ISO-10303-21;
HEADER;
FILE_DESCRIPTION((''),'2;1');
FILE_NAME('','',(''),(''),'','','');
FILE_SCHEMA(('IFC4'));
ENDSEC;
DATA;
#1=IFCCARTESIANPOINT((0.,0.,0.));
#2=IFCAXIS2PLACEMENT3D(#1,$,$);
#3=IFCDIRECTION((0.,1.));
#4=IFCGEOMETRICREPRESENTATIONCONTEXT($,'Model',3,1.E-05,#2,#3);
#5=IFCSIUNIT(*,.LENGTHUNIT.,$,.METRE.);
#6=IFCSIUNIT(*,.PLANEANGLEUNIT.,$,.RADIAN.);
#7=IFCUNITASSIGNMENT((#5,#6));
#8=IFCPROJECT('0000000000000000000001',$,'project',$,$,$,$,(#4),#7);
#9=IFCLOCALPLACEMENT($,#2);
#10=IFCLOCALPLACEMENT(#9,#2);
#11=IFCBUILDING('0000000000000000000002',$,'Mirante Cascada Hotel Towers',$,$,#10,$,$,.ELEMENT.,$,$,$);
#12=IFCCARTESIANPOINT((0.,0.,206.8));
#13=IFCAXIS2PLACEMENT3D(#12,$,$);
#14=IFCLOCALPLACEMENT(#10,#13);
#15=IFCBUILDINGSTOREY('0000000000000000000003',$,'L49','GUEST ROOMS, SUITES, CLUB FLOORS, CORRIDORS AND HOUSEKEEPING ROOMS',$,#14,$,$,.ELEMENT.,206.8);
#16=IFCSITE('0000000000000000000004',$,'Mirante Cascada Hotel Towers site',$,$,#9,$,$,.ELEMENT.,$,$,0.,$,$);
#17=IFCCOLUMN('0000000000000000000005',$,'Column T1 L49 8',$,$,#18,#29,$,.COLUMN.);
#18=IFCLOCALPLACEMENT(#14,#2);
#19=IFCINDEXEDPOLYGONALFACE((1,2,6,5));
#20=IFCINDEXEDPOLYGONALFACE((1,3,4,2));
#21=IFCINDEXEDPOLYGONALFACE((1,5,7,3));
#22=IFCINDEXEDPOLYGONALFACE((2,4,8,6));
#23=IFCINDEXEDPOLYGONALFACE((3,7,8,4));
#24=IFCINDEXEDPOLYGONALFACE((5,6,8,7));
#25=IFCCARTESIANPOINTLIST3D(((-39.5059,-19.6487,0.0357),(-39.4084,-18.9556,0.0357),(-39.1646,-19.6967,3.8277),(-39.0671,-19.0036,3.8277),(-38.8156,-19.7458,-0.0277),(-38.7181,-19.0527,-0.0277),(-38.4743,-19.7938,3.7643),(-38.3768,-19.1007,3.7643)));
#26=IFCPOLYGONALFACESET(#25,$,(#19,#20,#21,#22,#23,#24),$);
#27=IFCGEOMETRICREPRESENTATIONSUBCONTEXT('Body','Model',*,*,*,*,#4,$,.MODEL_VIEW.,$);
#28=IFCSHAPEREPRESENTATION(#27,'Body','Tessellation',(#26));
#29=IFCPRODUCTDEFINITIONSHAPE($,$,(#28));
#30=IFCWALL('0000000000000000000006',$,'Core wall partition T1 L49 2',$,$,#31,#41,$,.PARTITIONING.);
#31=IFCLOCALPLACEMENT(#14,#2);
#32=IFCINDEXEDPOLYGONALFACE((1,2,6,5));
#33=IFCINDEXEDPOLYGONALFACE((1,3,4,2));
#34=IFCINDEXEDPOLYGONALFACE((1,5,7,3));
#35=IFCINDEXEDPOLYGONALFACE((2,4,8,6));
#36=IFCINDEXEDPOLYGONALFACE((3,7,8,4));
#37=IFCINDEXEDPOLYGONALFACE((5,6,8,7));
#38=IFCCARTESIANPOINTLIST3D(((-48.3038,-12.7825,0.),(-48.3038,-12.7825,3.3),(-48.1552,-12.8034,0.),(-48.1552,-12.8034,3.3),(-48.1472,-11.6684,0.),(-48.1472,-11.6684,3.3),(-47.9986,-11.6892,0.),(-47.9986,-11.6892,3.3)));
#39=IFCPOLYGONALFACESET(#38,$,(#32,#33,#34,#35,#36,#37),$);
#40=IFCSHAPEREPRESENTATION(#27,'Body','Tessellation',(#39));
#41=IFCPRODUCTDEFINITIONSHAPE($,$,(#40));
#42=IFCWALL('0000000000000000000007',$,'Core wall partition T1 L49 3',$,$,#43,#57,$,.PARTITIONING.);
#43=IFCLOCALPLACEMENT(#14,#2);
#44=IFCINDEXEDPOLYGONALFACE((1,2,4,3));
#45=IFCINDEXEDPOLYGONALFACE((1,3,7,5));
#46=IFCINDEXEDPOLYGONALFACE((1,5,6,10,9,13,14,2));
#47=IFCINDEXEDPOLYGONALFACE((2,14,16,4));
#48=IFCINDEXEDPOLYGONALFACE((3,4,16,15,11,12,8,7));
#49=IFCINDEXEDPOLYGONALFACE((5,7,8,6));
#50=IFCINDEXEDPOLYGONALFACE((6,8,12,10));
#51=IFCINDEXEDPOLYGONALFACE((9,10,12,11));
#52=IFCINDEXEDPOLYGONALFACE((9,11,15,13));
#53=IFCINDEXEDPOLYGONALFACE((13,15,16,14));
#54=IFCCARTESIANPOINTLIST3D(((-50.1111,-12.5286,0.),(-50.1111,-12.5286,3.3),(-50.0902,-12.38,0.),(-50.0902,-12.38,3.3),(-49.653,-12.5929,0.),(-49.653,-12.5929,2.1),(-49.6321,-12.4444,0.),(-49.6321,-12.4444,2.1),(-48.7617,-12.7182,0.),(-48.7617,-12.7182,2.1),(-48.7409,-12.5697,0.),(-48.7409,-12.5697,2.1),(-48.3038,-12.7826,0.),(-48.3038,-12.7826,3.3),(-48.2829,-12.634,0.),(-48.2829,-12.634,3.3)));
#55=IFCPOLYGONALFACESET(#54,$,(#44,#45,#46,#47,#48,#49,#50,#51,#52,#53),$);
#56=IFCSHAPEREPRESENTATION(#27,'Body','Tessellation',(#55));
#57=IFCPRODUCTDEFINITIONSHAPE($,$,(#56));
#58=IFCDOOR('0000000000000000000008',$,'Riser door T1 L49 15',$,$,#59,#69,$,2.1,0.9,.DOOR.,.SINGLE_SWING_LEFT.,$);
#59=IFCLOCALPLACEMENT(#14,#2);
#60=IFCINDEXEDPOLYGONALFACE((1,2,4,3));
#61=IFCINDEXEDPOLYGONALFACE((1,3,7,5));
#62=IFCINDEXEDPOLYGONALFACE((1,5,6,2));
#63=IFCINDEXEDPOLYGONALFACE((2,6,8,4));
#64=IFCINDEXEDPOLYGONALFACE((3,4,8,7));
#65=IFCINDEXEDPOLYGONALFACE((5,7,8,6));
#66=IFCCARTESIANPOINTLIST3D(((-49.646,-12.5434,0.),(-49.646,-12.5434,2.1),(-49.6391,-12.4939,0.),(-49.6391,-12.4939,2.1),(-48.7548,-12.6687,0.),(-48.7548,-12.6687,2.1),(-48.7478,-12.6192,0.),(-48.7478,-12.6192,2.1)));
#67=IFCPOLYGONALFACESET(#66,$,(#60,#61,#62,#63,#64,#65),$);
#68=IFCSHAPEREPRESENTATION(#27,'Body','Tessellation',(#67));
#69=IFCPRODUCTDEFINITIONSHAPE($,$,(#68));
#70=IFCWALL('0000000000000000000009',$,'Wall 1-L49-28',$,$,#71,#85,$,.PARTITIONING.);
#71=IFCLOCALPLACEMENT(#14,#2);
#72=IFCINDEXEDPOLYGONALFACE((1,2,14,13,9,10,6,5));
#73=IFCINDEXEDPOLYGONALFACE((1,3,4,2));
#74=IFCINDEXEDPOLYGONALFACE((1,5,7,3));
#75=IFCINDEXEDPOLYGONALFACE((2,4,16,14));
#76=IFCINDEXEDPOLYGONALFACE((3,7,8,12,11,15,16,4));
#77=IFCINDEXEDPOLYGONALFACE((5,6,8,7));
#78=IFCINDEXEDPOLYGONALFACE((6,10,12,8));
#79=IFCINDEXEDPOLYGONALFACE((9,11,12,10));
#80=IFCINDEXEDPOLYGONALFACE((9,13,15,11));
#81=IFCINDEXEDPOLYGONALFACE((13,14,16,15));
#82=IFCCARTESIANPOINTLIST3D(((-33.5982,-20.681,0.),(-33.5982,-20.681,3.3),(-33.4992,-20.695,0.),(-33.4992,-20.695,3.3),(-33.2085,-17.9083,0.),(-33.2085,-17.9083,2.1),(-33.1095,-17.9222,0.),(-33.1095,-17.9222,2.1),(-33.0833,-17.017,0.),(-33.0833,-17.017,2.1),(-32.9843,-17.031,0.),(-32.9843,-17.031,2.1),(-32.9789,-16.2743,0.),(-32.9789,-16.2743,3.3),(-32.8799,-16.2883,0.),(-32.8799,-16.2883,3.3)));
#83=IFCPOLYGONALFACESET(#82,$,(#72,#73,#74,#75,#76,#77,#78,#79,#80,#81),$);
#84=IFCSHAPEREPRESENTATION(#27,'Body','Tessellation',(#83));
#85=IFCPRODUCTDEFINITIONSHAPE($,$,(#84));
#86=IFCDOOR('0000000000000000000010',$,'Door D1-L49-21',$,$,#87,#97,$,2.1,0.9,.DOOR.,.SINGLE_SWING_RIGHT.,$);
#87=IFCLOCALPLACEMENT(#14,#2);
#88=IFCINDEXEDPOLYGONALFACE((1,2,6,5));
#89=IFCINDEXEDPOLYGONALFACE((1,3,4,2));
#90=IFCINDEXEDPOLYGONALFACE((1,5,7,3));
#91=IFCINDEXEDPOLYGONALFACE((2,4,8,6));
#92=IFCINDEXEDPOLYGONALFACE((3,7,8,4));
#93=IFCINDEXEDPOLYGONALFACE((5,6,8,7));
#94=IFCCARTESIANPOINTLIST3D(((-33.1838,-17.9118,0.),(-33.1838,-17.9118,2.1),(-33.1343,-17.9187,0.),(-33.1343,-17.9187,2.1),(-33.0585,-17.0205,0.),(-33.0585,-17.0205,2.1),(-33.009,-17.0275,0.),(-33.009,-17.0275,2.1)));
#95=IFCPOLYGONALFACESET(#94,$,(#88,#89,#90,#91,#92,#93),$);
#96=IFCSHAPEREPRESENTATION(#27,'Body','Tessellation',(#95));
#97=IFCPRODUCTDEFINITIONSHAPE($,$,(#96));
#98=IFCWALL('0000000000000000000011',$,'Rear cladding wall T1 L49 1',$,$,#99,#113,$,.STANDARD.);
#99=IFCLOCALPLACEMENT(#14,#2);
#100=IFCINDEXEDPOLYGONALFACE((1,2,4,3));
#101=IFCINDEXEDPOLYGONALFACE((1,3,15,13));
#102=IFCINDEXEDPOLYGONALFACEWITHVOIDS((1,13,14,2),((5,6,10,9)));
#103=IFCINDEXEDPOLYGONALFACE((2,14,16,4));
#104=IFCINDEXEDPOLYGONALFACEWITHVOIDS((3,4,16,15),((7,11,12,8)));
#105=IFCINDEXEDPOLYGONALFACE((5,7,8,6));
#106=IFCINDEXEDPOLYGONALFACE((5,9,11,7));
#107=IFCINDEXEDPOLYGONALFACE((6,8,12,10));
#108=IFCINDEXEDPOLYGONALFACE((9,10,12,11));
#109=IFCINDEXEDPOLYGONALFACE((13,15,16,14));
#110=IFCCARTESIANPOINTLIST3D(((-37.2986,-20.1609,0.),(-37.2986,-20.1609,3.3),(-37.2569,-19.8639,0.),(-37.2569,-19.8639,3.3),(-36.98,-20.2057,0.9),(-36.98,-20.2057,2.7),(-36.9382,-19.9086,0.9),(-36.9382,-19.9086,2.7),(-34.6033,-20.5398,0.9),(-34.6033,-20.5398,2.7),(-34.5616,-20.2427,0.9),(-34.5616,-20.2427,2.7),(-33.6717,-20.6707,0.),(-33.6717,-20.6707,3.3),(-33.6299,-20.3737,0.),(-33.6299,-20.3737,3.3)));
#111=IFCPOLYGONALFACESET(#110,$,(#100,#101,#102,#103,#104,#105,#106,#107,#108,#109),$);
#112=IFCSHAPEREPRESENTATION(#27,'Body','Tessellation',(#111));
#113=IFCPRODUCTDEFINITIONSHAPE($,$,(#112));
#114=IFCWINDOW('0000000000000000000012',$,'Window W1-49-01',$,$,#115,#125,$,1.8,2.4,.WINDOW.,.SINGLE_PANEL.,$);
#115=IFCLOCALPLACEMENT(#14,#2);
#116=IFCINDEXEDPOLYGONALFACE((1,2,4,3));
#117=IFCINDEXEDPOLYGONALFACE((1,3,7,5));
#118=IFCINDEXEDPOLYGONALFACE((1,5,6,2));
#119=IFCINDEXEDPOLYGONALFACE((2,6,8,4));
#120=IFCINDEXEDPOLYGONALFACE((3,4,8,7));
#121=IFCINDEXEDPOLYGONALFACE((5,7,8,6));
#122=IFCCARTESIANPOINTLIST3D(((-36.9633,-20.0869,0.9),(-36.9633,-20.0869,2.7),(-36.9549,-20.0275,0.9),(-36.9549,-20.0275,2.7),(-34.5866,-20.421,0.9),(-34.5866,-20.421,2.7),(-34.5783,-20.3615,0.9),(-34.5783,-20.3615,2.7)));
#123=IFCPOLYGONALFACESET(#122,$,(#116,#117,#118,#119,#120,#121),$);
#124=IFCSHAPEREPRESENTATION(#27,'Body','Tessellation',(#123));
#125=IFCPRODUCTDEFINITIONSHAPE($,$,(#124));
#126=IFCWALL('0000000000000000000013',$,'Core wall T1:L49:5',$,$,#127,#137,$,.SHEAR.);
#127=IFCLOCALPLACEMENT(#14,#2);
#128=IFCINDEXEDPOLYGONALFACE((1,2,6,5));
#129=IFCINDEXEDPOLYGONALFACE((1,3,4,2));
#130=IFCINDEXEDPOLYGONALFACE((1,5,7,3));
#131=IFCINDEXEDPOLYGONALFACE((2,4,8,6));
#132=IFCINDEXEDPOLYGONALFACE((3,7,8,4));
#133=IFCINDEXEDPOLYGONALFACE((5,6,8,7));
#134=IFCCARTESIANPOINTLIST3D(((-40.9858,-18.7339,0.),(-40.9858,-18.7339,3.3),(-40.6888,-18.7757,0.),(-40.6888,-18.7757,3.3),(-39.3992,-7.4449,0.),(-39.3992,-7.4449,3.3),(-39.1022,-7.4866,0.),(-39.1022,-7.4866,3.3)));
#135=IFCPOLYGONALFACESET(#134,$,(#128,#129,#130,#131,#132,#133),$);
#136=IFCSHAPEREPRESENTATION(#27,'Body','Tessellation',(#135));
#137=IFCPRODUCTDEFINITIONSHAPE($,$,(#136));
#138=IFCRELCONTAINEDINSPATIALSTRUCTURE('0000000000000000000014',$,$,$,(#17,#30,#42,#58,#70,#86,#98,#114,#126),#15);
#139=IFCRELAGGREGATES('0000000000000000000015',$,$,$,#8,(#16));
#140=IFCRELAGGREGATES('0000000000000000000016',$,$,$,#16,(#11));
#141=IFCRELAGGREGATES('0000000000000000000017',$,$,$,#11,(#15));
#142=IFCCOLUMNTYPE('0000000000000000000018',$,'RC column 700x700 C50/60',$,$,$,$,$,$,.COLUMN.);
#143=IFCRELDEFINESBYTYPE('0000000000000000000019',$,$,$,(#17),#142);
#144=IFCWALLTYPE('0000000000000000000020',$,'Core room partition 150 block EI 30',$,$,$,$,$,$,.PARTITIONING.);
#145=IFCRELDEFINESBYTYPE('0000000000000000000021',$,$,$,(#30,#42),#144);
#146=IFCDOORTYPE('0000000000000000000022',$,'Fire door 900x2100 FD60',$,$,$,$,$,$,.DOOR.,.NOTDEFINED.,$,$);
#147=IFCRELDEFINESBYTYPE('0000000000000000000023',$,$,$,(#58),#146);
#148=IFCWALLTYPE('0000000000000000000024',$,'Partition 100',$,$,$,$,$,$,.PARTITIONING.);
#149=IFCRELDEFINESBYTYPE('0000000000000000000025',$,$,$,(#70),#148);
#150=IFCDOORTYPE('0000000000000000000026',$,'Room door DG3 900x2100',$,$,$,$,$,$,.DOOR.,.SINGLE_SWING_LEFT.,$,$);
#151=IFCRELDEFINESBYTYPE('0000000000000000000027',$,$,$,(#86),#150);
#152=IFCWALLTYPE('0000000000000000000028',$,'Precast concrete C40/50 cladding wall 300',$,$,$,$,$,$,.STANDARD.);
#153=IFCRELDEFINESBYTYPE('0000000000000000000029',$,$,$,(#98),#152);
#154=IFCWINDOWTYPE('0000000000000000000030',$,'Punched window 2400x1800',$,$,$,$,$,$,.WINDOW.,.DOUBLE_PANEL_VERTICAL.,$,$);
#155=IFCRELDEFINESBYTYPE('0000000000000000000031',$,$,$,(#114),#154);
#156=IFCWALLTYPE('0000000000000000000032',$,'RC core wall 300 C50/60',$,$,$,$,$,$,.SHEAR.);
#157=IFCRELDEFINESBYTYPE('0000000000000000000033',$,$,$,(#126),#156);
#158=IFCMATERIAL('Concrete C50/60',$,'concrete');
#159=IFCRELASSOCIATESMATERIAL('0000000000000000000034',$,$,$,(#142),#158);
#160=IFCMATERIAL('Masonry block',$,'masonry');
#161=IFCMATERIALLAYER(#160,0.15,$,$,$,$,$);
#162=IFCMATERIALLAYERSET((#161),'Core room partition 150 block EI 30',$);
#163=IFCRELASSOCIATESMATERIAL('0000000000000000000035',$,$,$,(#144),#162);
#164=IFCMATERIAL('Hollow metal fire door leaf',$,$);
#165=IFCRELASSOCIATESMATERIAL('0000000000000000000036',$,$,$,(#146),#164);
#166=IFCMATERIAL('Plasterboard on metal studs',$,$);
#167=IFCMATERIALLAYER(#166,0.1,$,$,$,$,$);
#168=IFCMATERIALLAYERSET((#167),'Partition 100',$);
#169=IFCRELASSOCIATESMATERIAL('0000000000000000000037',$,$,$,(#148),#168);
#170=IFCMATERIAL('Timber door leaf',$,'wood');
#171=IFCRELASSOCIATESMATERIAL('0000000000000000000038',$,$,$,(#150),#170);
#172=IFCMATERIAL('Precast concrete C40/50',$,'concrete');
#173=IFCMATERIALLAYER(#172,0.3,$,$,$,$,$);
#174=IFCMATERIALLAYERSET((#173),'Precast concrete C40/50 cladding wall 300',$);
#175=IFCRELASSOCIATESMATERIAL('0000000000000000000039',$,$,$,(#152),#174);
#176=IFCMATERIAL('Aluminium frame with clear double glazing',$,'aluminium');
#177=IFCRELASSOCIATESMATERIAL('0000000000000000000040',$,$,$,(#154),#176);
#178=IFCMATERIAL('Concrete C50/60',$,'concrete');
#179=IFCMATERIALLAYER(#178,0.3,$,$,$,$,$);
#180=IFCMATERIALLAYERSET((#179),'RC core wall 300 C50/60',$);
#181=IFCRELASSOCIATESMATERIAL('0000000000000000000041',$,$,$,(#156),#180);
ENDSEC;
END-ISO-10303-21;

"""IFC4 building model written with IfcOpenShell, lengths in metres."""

from ifc_helpers import new_model, si_unit, direction, frame, frame_2d, origin, origin_2d, place, context, subcontext, project, spatial, rectangle, extrude, material, layer, layer_set, material_profile, profile_set, type_object, element, fill, save


model = new_model("IFC4")

# Units and contexts
model_context = context("Model", 3, precision=1e-05, world=origin(), true_north=direction((0.0, 1.0)))
body_context = subcontext(model_context, "Body", "Model", "MODEL_VIEW")
ifc_project = project(units=[si_unit("LENGTHUNIT", "METRE"), si_unit("PLANEANGLEUNIT", "RADIAN")], contexts=[model_context])

# Site, building, storey
site_placement = place(None, origin())
site = spatial("IfcSite", under=ifc_project, at=site_placement, Name="Mirante Cascada Hotel Towers site", CompositionType="ELEMENT", RefElevation=0.0)
building_placement = place(site_placement, origin())
building = spatial("IfcBuilding", under=site, at=building_placement, Name="Mirante Cascada Hotel Towers", CompositionType="ELEMENT")
storey_placement = place(building_placement, frame((0.0, 0.0, 206.8)))
storey = spatial("IfcBuildingStorey", under=building, at=storey_placement, Name="L49", Description="GUEST ROOMS, SUITES, CLUB FLOORS, CORRIDORS AND HOUSEKEEPING ROOMS", CompositionType="ELEMENT", Elevation=206.8)

# Column
ifc_material_1 = material(Name="Concrete C50/60", Category="concrete")
ifc_material_profile = material_profile(ifc_material_1, rectangle(XDim=0.7, YDim=0.7, at=origin_2d()), Name="RC column 700x700 C50/60")
ifc_profile_set = profile_set([ifc_material_profile], Name="Concrete C50/60")
column_type = type_object("IfcColumnType", Name="RC column 700x700 C50/60", PredefinedType="COLUMN", material=ifc_profile_set)
column_placement = place(storey_placement, frame((-39.112, -19.3507, 0.004), z_axis=(0.089636, -0.012606, 0.995895), x_axis=(0.139268, 0.990255, 0.0)))
element("IfcColumn", 1, at=column_placement, inside=storey, type_object=column_type, Name="Column T1 L49 8", PredefinedType="COLUMN", context=body_context, shape_type="SweptSolid", body=[
    extrude(rectangle(XDim=0.7, YDim=0.7, at=origin_2d()), origin(), (0.0, 0.0, 1.0), 3.8076),
])

# Wall
ifc_material_2 = material(Name="Masonry block", Category="masonry")
ifc_layer_1 = layer(ifc_material_2, 0.15)
ifc_layer_set_1 = layer_set([ifc_layer_1], Name="Core room partition 150 block EI 30")
wall_type_1 = type_object("IfcWallType", Name="Core room partition 150 block EI 30", PredefinedType="PARTITIONING", material=ifc_layer_set_1)
wall_1_placement = place(storey_placement, frame((-48.2295, -12.793, 0.0), z_axis=(0.0, 0.0, 1.0), x_axis=(0.139193, 0.990265, 0.0)))
element("IfcWall", 2, at=wall_1_placement, inside=storey, type_object=wall_type_1, Name="Core wall partition T1 L49 2", PredefinedType="PARTITIONING", context=body_context, shape_type="SweptSolid", body=[
    extrude(rectangle(XDim=1.1251, YDim=0.15, at=frame_2d((0.5626, 0.0))), origin(), (0.0, 0.0, 1.0), 3.3),
])

# Walls, openings, doors
wall_2_placement = place(storey_placement, frame((-48.2933, -12.7083, 0.0), z_axis=(0.0, 0.0, 1.0), x_axis=(-0.990268, 0.139173, 0.0)))
wall_2 = element("IfcWall", 3, at=wall_2_placement, inside=storey, type_object=wall_type_1, Name="Core wall partition T1 L49 3", PredefinedType="PARTITIONING", context=body_context, shape_type="SweptSolid", body=[
    extrude(rectangle(XDim=1.8251, YDim=0.15, at=frame_2d((0.9126, 0.0))), origin(), (0.0, 0.0, 1.0), 3.3),
])
opening_1_placement = place(wall_2_placement, frame((0.4625, 0.0, 0.0)))
opening_1 = element("IfcOpeningElement", 4, at=opening_1_placement, cuts=wall_2, PredefinedType="OPENING", context=body_context, shape_type="SweptSolid", body=[
    extrude(rectangle(XDim=0.9, YDim=2.1, at=frame_2d((0.45, 1.05))), frame((0.0, 0.075, 0.0), z_axis=(0.0, -1.0, 0.0), x_axis=(1.0, 0.0, 0.0)), (0.0, 0.0, 1.0), 0.15),
])
ifc_material_3 = material(Name="Hollow metal fire door leaf")
door_type_1 = type_object("IfcDoorType", Name="Fire door 900x2100 FD60", OperationType="NOTDEFINED", PredefinedType="DOOR", material=ifc_material_3)
door_1_placement = place(opening_1_placement, origin())
door_1 = element("IfcDoor", 5, at=door_1_placement, inside=storey, type_object=door_type_1, Name="Riser door T1 L49 15", OperationType="SINGLE_SWING_LEFT", OverallHeight=2.1, OverallWidth=0.9, PredefinedType="DOOR", context=body_context, shape_type="SweptSolid", body=[
    extrude(rectangle(XDim=0.9, YDim=2.1, at=frame_2d((0.45, 1.05))), frame((0.0, 0.025, 0.0), z_axis=(0.0, -1.0, 0.0), x_axis=(1.0, 0.0, 0.0)), (0.0, 0.0, 1.0), 0.05),
])
fill(opening_1, door_1)
ifc_material_4 = material(Name="Plasterboard on metal studs")
ifc_layer_2 = layer(ifc_material_4, 0.1)
ifc_layer_set_2 = layer_set([ifc_layer_2], Name="Partition 100")
wall_type_2 = type_object("IfcWallType", Name="Partition 100", PredefinedType="PARTITIONING", material=ifc_layer_set_2)
wall_3_placement = place(storey_placement, frame((-33.5487, -20.688, 0.0), z_axis=(0.0, 0.0, 1.0), x_axis=(0.139168, 0.990269, 0.0)))
wall_3 = element("IfcWall", 6, at=wall_3_placement, inside=storey, type_object=wall_type_2, Name="Wall 1-L49-28", PredefinedType="PARTITIONING", context=body_context, shape_type="SweptSolid", body=[
    extrude(rectangle(XDim=4.45, YDim=0.1, at=frame_2d((2.225, 0.0))), origin(), (0.0, 0.0, 1.0), 3.3),
])
opening_2_placement = place(wall_3_placement, frame((2.8, 0.0, 0.0)))
opening_2 = element("IfcOpeningElement", 7, at=opening_2_placement, cuts=wall_3, PredefinedType="OPENING", context=body_context, shape_type="SweptSolid", body=[
    extrude(rectangle(XDim=0.9, YDim=2.1, at=frame_2d((0.45, 1.05))), frame((0.0, 0.05, 0.0), z_axis=(0.0, -1.0, 0.0), x_axis=(1.0, 0.0, 0.0)), (0.0, 0.0, 1.0), 0.1),
])
ifc_material_5 = material(Name="Timber door leaf", Category="wood")
door_type_2 = type_object("IfcDoorType", Name="Room door DG3 900x2100", OperationType="SINGLE_SWING_LEFT", PredefinedType="DOOR", material=ifc_material_5)
door_2_placement = place(opening_2_placement, frame((0.9, 0.0, 0.0), z_axis=(0.0, 0.0, 1.0), x_axis=(-1.0, 0.0, 0.0)))
door_2 = element("IfcDoor", 8, at=door_2_placement, inside=storey, type_object=door_type_2, Name="Door D1-L49-21", OperationType="SINGLE_SWING_RIGHT", OverallHeight=2.1, OverallWidth=0.9, PredefinedType="DOOR", context=body_context, shape_type="SweptSolid", body=[
    extrude(rectangle(XDim=0.9, YDim=2.1, at=frame_2d((0.45, 1.05))), frame((0.0, 0.025, 0.0), z_axis=(0.0, -1.0, 0.0), x_axis=(1.0, 0.0, 0.0)), (0.0, 0.0, 1.0), 0.05),
])
fill(opening_2, door_2)

# Wall, opening, window
ifc_material_6 = material(Name="Precast concrete C40/50", Category="concrete")
ifc_layer_3 = layer(ifc_material_6, 0.3)
ifc_layer_set_3 = layer_set([ifc_layer_3], Name="Precast concrete C40/50 cladding wall 300")
wall_type_3 = type_object("IfcWallType", Name="Precast concrete C40/50 cladding wall 300", PredefinedType="STANDARD", material=ifc_layer_set_3)
wall_4_placement = place(storey_placement, frame((-33.6508, -20.5222, 0.0), z_axis=(0.0, 0.0, 1.0), x_axis=(-0.990265, 0.139192, 0.0)))
wall_4 = element("IfcWall", 9, at=wall_4_placement, inside=storey, type_object=wall_type_3, Name="Rear cladding wall T1 L49 1", PredefinedType="STANDARD", context=body_context, shape_type="SweptSolid", body=[
    extrude(rectangle(XDim=3.6626, YDim=0.3, at=frame_2d((1.8313, 0.0))), origin(), (0.0, 0.0, 1.0), 3.3),
])
opening_3_placement = place(wall_4_placement, frame((0.9408, 0.0, 0.9)))
opening_3 = element("IfcOpeningElement", 10, at=opening_3_placement, cuts=wall_4, PredefinedType="OPENING", context=body_context, shape_type="SweptSolid", body=[
    extrude(rectangle(XDim=2.4, YDim=1.8, at=frame_2d((1.2, 0.9))), frame((0.0, 0.15, 0.0), z_axis=(0.0, -1.0, 0.0), x_axis=(1.0, 0.0, 0.0)), (0.0, 0.0, 1.0), 0.3),
])
ifc_material_7 = material(Name="Aluminium frame with clear double glazing", Category="aluminium")
window_type = type_object("IfcWindowType", Name="Punched window 2400x1800", PartitioningType="DOUBLE_PANEL_VERTICAL", PredefinedType="WINDOW", material=ifc_material_7)
window_placement = place(opening_3_placement, origin())
window = element("IfcWindow", 11, at=window_placement, inside=storey, type_object=window_type, Name="Window W1-49-01", OverallHeight=1.8, OverallWidth=2.4, PartitioningType="SINGLE_PANEL", PredefinedType="WINDOW", context=body_context, shape_type="SweptSolid", body=[
    extrude(rectangle(XDim=2.4, YDim=1.8, at=frame_2d((1.2, 0.9))), frame((0.0, 0.03, 0.0), z_axis=(0.0, -1.0, 0.0), x_axis=(1.0, 0.0, 0.0)), (0.0, 0.0, 1.0), 0.06),
])
fill(opening_3, window)

# Wall
ifc_material_8 = material(Name="Concrete C50/60", Category="concrete")
ifc_layer_4 = layer(ifc_material_8, 0.3)
ifc_layer_set_4 = layer_set([ifc_layer_4], Name="RC core wall 300 C50/60")
wall_type_4 = type_object("IfcWallType", Name="RC core wall 300 C50/60", PredefinedType="SHEAR", material=ifc_layer_set_4)
wall_5_placement = place(storey_placement, frame((-40.8373, -18.7548, 0.0), z_axis=(0.0, 0.0, 1.0), x_axis=(0.139175, 0.990268, 0.0)))
element("IfcWall", 12, at=wall_5_placement, inside=storey, type_object=wall_type_4, Name="Core wall T1:L49:5", PredefinedType="SHEAR", context=body_context, shape_type="SweptSolid", body=[
    extrude(rectangle(XDim=11.4, YDim=0.3, at=frame_2d((5.7, 0.0))), origin(), (0.0, 0.0, 1.0), 3.3),
])

save(model, "model.ifc")
